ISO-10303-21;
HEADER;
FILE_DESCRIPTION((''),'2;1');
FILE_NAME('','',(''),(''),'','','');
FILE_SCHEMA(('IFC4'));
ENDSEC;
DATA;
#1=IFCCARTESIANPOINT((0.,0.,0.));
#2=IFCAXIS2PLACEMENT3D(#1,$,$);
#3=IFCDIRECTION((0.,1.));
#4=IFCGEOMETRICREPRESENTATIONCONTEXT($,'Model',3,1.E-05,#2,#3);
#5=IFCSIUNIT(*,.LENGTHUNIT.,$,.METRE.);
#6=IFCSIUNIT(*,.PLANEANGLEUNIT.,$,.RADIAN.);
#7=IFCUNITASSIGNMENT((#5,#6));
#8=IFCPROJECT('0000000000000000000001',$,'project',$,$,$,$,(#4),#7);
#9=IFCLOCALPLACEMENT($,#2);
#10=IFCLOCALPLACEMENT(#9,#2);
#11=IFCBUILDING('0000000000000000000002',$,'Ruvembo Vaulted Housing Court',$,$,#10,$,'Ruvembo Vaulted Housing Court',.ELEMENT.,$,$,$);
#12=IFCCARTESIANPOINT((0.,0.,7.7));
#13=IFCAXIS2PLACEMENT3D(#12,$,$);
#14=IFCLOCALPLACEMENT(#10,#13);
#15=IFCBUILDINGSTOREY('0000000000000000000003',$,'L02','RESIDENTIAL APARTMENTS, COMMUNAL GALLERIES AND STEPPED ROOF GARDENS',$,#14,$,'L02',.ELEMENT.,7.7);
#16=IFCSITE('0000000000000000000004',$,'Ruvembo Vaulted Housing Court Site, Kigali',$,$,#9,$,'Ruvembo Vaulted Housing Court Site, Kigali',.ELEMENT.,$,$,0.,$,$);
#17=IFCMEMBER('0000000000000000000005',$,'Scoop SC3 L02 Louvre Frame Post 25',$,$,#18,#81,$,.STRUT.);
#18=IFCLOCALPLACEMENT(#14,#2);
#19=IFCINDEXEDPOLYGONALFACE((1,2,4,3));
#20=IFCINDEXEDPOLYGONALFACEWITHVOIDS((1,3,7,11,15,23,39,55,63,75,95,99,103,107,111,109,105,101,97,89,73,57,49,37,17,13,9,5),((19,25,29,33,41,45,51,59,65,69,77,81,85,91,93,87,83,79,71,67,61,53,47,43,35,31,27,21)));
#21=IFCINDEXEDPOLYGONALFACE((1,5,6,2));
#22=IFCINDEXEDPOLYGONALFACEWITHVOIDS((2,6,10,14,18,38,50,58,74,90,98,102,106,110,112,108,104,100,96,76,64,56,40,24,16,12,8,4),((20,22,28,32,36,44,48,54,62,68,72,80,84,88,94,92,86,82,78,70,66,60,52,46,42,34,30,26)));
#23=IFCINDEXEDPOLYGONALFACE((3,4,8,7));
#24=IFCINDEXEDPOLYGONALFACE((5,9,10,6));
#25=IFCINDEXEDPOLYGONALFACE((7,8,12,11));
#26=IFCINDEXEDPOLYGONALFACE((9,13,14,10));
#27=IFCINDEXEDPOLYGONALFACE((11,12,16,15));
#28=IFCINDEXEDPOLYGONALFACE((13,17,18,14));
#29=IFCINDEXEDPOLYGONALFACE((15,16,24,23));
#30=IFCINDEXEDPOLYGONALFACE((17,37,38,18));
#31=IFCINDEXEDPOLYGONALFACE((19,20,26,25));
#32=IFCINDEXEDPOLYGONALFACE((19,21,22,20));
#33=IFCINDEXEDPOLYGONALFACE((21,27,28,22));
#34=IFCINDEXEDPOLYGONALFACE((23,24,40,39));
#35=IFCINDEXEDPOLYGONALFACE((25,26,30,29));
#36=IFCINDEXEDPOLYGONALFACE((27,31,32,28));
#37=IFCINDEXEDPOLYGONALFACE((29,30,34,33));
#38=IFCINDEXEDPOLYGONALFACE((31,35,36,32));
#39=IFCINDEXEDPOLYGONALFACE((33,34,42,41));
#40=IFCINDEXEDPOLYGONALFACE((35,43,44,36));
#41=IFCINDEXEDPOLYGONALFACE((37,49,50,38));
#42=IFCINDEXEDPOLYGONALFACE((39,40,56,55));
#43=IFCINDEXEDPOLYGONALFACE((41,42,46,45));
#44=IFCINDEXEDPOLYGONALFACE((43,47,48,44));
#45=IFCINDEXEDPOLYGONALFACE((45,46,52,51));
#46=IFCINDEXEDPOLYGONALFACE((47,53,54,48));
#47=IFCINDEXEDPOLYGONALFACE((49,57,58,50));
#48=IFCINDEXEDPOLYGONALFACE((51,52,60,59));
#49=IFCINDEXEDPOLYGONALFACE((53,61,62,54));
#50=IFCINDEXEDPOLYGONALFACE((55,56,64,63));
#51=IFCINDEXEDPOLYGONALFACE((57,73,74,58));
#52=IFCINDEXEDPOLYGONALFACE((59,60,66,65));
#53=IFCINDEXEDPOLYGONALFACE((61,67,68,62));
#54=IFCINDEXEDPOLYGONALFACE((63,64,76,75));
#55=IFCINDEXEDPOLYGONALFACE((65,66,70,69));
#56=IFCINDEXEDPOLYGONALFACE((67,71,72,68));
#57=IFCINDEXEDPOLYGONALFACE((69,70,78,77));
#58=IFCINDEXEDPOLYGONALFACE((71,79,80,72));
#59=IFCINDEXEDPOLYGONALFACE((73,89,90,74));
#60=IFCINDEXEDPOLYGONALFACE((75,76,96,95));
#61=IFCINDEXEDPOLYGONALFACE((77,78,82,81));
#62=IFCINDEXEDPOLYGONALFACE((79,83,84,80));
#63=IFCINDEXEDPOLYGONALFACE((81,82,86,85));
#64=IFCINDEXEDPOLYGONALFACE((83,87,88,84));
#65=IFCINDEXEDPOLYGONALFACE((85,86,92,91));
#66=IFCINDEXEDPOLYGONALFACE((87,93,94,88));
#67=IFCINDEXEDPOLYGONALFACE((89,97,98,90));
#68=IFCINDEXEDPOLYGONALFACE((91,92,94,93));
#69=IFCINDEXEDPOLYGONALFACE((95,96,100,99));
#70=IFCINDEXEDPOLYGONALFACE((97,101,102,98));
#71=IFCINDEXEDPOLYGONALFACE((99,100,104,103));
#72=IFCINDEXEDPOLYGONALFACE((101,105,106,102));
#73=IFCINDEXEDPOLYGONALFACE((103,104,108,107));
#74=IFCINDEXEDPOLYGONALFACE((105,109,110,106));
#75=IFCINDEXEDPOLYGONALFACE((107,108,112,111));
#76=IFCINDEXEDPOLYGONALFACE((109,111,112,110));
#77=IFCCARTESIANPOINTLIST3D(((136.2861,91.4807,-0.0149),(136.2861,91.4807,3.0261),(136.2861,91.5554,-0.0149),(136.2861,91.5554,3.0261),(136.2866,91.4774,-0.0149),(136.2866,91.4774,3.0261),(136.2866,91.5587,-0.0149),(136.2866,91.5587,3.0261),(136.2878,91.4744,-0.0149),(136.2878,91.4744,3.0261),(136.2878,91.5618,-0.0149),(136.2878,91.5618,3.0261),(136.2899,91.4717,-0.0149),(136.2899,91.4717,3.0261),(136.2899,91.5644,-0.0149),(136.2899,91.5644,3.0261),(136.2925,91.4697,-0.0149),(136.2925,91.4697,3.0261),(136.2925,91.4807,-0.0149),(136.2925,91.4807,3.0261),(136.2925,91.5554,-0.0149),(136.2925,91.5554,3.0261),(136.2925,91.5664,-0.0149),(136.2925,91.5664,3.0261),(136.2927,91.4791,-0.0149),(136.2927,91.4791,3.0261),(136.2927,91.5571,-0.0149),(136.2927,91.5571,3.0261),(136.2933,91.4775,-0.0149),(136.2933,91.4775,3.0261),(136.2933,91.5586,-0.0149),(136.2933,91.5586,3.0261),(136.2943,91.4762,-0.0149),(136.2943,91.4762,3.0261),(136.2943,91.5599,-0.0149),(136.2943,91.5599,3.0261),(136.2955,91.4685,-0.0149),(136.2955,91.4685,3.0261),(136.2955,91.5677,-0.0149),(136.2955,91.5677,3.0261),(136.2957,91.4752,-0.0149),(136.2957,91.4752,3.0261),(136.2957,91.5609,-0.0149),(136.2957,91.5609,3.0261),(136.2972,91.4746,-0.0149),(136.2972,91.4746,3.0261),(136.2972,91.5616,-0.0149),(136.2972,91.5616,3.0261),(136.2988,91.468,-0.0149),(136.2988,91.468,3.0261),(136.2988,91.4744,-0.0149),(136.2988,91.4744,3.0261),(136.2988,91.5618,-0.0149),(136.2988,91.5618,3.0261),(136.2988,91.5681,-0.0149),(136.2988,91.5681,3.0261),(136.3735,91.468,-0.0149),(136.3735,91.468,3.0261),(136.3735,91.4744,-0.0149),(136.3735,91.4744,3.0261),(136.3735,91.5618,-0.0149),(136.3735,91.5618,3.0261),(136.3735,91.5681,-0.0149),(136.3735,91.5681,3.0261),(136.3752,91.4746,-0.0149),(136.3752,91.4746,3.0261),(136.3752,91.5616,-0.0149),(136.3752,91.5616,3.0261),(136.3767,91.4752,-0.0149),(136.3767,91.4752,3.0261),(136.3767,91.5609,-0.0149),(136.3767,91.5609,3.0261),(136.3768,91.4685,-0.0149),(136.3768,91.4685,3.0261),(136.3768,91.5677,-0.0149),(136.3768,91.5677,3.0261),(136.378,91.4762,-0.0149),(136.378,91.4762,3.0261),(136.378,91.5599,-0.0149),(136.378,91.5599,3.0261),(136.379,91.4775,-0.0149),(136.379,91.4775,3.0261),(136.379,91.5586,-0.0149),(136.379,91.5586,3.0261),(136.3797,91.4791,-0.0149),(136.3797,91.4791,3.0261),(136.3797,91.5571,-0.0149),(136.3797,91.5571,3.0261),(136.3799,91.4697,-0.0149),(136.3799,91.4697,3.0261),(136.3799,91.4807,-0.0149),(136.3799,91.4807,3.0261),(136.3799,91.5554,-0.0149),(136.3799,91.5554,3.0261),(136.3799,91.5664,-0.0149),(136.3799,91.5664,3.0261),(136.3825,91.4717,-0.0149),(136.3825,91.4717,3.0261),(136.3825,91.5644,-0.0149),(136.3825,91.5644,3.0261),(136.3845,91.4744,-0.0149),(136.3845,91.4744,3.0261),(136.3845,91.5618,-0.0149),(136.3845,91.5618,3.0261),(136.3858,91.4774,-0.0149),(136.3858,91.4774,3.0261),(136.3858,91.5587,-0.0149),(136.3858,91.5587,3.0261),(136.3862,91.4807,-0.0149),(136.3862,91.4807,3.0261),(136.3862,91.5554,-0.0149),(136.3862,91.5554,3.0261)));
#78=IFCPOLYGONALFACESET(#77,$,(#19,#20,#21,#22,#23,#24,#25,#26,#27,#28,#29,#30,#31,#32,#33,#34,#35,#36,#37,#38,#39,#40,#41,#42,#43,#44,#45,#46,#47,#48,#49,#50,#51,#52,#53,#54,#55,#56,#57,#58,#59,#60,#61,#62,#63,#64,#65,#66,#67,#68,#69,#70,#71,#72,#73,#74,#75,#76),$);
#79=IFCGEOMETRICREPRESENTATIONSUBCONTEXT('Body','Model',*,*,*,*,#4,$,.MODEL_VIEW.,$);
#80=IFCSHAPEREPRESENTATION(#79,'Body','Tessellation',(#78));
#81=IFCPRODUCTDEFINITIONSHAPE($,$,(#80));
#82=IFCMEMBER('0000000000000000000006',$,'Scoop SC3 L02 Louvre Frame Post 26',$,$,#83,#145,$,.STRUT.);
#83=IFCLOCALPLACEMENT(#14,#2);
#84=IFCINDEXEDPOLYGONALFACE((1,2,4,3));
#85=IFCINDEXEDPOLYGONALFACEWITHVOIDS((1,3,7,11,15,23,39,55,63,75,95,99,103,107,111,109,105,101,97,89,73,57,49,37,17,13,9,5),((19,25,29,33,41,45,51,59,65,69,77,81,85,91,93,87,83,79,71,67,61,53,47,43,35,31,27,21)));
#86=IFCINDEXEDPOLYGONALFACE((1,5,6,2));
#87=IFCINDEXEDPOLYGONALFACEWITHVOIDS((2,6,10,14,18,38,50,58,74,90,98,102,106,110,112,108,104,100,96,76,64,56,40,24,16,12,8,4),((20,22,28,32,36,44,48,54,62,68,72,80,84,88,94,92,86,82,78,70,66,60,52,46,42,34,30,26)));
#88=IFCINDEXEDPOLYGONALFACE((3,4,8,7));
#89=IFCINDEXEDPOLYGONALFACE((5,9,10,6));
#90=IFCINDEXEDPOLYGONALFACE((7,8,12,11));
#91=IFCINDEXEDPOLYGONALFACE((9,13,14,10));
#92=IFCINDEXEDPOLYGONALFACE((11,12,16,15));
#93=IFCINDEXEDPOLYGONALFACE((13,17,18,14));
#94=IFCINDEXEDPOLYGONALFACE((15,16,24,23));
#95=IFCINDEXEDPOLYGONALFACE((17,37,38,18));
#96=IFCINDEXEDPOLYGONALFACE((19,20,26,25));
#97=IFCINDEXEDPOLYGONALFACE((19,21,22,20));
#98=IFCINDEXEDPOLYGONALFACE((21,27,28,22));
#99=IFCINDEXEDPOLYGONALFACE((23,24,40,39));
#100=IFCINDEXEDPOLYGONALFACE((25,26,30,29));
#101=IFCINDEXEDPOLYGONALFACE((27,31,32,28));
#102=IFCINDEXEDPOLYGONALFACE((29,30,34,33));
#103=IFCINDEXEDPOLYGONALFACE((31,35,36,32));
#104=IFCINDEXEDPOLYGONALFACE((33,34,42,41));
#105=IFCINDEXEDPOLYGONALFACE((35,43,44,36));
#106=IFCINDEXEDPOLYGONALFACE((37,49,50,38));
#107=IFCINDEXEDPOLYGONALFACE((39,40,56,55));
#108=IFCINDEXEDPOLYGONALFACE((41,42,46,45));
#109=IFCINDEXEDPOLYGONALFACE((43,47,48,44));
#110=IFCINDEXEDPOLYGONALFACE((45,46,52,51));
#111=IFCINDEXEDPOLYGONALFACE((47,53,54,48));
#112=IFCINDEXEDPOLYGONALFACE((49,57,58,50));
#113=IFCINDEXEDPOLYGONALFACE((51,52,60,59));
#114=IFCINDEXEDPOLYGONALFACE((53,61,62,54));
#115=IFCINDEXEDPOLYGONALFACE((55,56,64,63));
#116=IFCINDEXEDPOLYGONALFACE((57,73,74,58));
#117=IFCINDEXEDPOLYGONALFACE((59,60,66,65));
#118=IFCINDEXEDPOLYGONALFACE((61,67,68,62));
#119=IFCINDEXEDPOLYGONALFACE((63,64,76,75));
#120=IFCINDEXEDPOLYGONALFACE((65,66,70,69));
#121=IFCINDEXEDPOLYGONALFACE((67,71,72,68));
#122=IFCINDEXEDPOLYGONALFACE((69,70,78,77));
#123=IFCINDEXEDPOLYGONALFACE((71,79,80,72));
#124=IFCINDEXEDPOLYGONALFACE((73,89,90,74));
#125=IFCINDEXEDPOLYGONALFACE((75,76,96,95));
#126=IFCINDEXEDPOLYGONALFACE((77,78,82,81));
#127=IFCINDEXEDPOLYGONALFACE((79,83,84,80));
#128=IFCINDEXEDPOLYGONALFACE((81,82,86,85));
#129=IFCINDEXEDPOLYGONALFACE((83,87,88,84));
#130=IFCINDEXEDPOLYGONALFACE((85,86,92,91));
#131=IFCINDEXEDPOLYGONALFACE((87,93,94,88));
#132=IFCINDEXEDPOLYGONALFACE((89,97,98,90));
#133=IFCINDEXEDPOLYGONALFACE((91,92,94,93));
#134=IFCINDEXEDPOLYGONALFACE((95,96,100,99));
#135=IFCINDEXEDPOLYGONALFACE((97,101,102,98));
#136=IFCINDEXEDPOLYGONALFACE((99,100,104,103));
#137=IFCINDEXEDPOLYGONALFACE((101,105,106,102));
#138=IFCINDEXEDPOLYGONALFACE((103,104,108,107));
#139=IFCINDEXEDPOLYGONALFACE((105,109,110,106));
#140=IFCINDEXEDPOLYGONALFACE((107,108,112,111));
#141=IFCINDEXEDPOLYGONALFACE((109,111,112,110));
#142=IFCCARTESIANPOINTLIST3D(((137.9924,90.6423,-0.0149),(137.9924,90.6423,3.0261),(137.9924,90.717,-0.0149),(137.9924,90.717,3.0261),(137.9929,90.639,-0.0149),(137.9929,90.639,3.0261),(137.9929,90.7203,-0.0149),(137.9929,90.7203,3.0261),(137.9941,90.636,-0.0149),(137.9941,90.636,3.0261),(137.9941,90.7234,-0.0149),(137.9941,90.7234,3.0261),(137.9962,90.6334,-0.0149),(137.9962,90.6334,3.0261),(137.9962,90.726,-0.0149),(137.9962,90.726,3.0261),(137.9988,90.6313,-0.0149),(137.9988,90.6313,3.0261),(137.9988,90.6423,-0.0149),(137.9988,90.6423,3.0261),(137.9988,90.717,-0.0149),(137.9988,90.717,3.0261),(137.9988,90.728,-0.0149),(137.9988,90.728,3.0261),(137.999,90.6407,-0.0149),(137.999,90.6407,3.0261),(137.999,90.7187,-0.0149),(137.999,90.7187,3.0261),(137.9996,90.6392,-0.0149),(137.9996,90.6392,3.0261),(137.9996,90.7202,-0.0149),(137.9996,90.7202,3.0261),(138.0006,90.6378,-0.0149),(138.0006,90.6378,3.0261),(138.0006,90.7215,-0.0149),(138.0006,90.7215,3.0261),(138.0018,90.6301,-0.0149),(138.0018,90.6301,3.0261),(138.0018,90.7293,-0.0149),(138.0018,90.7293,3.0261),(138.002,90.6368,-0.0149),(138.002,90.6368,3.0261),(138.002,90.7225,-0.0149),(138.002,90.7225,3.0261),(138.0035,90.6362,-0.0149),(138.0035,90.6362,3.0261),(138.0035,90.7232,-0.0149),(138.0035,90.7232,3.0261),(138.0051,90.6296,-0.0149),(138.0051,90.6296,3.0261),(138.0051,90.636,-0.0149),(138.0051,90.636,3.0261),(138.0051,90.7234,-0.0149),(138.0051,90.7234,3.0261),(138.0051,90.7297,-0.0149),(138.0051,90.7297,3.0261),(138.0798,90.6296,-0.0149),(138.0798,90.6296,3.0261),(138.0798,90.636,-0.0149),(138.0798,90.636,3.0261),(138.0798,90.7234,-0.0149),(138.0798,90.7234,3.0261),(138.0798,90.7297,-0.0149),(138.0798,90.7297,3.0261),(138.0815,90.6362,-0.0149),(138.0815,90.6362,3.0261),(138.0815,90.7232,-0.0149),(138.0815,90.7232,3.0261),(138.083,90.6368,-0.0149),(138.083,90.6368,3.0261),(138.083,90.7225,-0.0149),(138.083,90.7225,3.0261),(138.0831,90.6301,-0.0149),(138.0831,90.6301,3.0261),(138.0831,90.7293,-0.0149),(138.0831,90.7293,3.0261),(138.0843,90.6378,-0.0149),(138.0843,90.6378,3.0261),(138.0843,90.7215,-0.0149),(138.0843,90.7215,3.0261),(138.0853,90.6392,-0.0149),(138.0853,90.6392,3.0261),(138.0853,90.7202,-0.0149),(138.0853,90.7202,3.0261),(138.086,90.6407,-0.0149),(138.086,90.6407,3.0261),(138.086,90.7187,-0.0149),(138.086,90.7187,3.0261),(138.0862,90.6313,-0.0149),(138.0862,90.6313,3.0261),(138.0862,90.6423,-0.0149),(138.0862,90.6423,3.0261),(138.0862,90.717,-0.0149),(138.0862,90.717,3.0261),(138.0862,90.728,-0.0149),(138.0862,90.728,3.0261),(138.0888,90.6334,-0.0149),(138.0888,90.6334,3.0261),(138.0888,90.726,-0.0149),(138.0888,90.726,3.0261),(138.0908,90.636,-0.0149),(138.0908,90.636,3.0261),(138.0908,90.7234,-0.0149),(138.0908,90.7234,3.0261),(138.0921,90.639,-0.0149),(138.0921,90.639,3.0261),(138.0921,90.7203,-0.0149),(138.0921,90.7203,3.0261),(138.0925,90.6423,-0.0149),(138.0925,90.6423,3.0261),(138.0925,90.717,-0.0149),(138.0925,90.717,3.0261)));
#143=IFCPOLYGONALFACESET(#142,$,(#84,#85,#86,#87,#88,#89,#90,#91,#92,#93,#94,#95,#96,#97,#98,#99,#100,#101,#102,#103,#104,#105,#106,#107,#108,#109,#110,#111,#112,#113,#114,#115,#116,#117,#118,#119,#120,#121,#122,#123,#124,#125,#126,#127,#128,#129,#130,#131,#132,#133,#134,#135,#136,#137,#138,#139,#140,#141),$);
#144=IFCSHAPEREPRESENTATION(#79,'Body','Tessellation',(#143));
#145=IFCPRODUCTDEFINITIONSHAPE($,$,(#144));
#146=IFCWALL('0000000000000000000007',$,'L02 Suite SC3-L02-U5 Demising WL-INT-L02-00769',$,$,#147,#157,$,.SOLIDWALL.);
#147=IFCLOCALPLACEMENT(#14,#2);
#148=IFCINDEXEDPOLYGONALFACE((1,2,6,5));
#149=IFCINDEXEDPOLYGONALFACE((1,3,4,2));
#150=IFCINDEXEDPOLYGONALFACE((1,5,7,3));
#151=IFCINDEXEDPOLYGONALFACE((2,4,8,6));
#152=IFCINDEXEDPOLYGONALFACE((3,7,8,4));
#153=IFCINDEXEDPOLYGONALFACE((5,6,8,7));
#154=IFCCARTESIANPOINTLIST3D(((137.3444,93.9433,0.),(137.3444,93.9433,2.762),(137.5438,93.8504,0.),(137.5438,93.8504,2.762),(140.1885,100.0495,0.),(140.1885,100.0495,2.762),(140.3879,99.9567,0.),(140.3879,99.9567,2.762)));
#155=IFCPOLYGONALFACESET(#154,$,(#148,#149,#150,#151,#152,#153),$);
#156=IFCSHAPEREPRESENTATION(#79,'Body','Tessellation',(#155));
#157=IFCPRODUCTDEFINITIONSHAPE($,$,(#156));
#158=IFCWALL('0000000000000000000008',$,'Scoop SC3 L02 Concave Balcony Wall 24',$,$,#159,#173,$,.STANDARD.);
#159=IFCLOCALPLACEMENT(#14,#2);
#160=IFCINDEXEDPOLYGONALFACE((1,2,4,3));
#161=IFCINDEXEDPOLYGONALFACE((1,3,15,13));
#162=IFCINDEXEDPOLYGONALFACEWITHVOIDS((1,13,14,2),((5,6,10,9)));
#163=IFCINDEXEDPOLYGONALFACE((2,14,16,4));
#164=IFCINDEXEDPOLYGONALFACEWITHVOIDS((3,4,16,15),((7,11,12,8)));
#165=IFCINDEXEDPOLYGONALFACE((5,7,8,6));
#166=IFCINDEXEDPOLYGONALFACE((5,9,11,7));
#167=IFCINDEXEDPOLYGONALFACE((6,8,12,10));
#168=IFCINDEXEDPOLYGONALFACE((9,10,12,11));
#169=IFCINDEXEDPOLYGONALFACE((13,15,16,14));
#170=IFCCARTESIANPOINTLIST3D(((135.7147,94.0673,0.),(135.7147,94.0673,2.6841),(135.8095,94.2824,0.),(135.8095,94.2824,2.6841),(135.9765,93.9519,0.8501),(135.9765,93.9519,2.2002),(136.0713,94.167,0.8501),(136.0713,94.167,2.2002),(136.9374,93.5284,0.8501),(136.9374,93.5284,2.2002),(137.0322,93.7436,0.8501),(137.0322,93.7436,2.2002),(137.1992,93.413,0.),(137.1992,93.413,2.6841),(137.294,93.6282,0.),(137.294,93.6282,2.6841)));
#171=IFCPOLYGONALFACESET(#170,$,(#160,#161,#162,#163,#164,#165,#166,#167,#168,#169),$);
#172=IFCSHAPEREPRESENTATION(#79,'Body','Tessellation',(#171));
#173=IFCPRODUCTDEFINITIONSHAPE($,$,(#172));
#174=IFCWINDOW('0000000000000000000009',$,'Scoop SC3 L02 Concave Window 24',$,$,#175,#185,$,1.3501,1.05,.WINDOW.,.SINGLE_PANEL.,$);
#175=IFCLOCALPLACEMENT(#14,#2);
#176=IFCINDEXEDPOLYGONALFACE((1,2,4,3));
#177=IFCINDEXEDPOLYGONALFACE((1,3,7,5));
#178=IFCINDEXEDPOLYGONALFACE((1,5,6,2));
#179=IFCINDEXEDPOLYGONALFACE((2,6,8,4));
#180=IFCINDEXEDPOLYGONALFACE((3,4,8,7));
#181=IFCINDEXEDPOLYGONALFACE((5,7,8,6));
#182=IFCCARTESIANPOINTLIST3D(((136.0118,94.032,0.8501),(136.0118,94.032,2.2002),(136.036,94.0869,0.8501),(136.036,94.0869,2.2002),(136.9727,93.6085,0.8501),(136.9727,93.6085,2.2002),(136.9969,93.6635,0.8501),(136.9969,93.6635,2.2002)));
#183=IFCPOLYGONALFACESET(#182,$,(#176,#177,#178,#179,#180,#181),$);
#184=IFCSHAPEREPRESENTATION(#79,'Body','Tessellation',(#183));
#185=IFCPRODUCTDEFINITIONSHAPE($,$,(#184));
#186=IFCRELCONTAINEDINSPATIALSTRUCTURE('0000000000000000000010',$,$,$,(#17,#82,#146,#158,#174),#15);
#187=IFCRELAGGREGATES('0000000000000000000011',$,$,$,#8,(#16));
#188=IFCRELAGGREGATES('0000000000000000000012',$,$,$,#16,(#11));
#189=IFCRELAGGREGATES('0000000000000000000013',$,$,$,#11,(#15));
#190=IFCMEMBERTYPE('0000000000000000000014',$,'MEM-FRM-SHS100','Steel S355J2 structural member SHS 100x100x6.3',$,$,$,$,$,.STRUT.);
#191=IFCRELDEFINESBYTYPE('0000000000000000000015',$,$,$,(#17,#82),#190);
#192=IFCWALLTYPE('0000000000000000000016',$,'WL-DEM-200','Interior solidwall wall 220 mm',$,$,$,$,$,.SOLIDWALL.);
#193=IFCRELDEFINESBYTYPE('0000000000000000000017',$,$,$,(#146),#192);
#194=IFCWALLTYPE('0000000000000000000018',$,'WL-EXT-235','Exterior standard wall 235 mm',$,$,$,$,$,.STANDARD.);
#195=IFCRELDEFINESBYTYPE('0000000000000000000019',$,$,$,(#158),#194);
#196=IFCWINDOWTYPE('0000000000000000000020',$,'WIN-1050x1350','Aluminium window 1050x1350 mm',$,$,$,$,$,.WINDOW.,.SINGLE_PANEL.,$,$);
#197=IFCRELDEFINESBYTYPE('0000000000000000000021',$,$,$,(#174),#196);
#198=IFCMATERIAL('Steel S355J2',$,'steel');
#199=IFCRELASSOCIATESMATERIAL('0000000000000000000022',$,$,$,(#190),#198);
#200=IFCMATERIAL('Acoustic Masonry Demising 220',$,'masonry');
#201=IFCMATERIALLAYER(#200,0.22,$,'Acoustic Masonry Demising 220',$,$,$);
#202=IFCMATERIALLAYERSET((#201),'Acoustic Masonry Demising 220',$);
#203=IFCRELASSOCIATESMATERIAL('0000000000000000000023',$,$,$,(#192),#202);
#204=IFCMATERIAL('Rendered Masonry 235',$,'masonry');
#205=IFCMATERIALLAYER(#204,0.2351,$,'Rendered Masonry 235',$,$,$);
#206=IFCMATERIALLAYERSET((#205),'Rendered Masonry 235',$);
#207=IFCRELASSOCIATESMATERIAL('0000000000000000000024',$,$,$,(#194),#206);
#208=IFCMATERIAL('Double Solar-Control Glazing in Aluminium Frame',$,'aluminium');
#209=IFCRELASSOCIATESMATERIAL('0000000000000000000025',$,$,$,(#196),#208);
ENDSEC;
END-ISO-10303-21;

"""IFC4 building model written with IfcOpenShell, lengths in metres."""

from ifc_helpers import new_model, si_unit, direction, frame, frame_2d, origin, origin_2d, place, context, subcontext, project, spatial, rectangle, hollow_rectangle, extrude, material, layer, layer_set, material_profile, profile_set, type_object, element, fill, save


model = new_model("IFC4")

# Units and contexts
model_context = context("Model", 3, precision=1e-05, world=origin(), true_north=direction((0.0, 1.0)))
body_context = subcontext(model_context, "Body", "Model", "MODEL_VIEW")
ifc_project = project(units=[si_unit("LENGTHUNIT", "METRE"), si_unit("PLANEANGLEUNIT", "RADIAN")], contexts=[model_context])

# Site, building, storey
site_placement = place(None, origin())
site = spatial("IfcSite", under=ifc_project, at=site_placement, Name="Ruvembo Vaulted Housing Court Site, Kigali", LongName="Ruvembo Vaulted Housing Court Site, Kigali", CompositionType="ELEMENT", RefElevation=0.0)
building_placement = place(site_placement, origin())
building = spatial("IfcBuilding", under=site, at=building_placement, Name="Ruvembo Vaulted Housing Court", LongName="Ruvembo Vaulted Housing Court", CompositionType="ELEMENT")
storey_placement = place(building_placement, frame((0.0, 0.0, 7.7)))
storey = spatial("IfcBuildingStorey", under=building, at=storey_placement, Name="L02", Description="RESIDENTIAL APARTMENTS, COMMUNAL GALLERIES AND STEPPED ROOF GARDENS", LongName="L02", CompositionType="ELEMENT", Elevation=7.7)

# Shared definitions
ifc_material_1 = material(Name="Steel S355J2", Category="steel")

# Members
ifc_material_profile_1 = material_profile(ifc_material_1, hollow_rectangle(XDim=0.1001, YDim=0.1001, WallThickness=0.0063, InnerFilletRadius=0.0063, OuterFilletRadius=0.0127, at=origin_2d()), Name="SHS 100x100x6.3")
ifc_profile_set_1 = profile_set([ifc_material_profile_1], Name="Steel S355J2")
member_type_1 = type_object("IfcMemberType", Name="MEM-FRM-SHS100", Description="Steel S355J2 structural member SHS 100x100x6.3", PredefinedType="STRUT", material=ifc_profile_set_1)
for number, where, z_axis, x_axis, name in (
    (1, (136.3362, 91.5181, -0.0149), (0.0, 0.0, 1.0), (1.0, 0.0, 0.0), "Scoop SC3 L02 Louvre Frame Post 25"),
    (2, (138.0425, 90.6797, -0.0149), (0.0, 0.0, 1.0), (1.0, 0.0, 0.0), "Scoop SC3 L02 Louvre Frame Post 26"),
):
    element("IfcMember", number, at=place(storey_placement, frame(where, z_axis=z_axis, x_axis=x_axis)), inside=storey, type_object=member_type_1, Name=name, PredefinedType="STRUT", context=body_context, shape_type="SweptSolid", body=[
        extrude(hollow_rectangle(XDim=0.1001, YDim=0.1001, WallThickness=0.0063, InnerFilletRadius=0.0063, OuterFilletRadius=0.0127, at=origin_2d()), origin(), (0.0, 0.0, 1.0), 3.041),
    ])

# Wall
ifc_material_2 = material(Name="Acoustic Masonry Demising 220", Category="masonry")
ifc_layer_1 = layer(ifc_material_2, 0.22, Name="Acoustic Masonry Demising 220")
ifc_layer_set_1 = layer_set([ifc_layer_1], Name="Acoustic Masonry Demising 220")
wall_type_1 = type_object("IfcWallType", Name="WL-DEM-200", Description="Interior solidwall wall 220 mm", PredefinedType="SOLIDWALL", material=ifc_layer_set_1)
wall_1_placement = place(storey_placement, frame((137.4441, 93.8967, 0.0), z_axis=(0.0, 0.0, 1.0), x_axis=(0.422207, 0.9065, 0.0)))
element("IfcWall", 3, at=wall_1_placement, inside=storey, type_object=wall_type_1, Name="L02 Suite SC3-L02-U5 Demising WL-INT-L02-00769", PredefinedType="SOLIDWALL", context=body_context, shape_type="SweptSolid", body=[
    extrude(rectangle(XDim=6.7361, YDim=0.22, at=frame_2d((3.3682, 0.0))), origin(), (0.0, 0.0, 1.0), 2.762),
])

# Wall, opening, window
ifc_material_3 = material(Name="Rendered Masonry 235", Category="masonry")
ifc_layer_2 = layer(ifc_material_3, 0.2351, Name="Rendered Masonry 235")
ifc_layer_set_2 = layer_set([ifc_layer_2], Name="Rendered Masonry 235")
wall_type_2 = type_object("IfcWallType", Name="WL-EXT-235", Description="Exterior standard wall 235 mm", PredefinedType="STANDARD", material=ifc_layer_set_2)
wall_2_placement = place(storey_placement, frame((135.7622, 94.1748, 0.0), z_axis=(0.0, 0.0, 1.0), x_axis=(0.915073, -0.403288, 0.0)))
wall_2 = element("IfcWall", 4, at=wall_2_placement, inside=storey, type_object=wall_type_2, Name="Scoop SC3 L02 Concave Balcony Wall 24", PredefinedType="STANDARD", context=body_context, shape_type="SweptSolid", body=[
    extrude(rectangle(XDim=1.6223, YDim=0.2351, at=frame_2d((0.811, 0.0))), origin(), (0.0, 0.0, 1.0), 2.6841),
])
opening_1_placement = place(wall_2_placement, frame((0.2861, 0.0, 0.8501)))
opening_1 = element("IfcOpeningElement", 5, at=opening_1_placement, cuts=wall_2, PredefinedType="OPENING", context=body_context, shape_type="SweptSolid", body=[
    extrude(rectangle(XDim=1.05, YDim=1.3501, at=frame_2d((0.5249, 0.675))), frame((0.0, 0.1274, 0.0), z_axis=(0.0, -1.0, 0.0), x_axis=(1.0, 0.0, 0.0)), (0.0, 0.0, 1.0), 0.2551),
])
ifc_material_4 = material(Name="Double Solar-Control Glazing in Aluminium Frame", Category="aluminium")
window_type_1 = type_object("IfcWindowType", Name="WIN-1050x1350", Description="Aluminium window 1050x1350 mm", PartitioningType="SINGLE_PANEL", PredefinedType="WINDOW", material=ifc_material_4)
window_1_placement = place(opening_1_placement, origin())
window_1 = element("IfcWindow", 6, at=window_1_placement, inside=storey, type_object=window_type_1, Name="Scoop SC3 L02 Concave Window 24", OverallHeight=1.3501, OverallWidth=1.05, PartitioningType="SINGLE_PANEL", PredefinedType="WINDOW", context=body_context, shape_type="SweptSolid", body=[
    extrude(rectangle(XDim=1.05, YDim=1.3501, at=frame_2d((0.5249, 0.675))), frame((0.0, 0.03, 0.0), z_axis=(0.0, -1.0, 0.0), x_axis=(1.0, 0.0, 0.0)), (0.0, 0.0, 1.0), 0.0601),
])
fill(opening_1, window_1)

save(model, "model.ifc")
